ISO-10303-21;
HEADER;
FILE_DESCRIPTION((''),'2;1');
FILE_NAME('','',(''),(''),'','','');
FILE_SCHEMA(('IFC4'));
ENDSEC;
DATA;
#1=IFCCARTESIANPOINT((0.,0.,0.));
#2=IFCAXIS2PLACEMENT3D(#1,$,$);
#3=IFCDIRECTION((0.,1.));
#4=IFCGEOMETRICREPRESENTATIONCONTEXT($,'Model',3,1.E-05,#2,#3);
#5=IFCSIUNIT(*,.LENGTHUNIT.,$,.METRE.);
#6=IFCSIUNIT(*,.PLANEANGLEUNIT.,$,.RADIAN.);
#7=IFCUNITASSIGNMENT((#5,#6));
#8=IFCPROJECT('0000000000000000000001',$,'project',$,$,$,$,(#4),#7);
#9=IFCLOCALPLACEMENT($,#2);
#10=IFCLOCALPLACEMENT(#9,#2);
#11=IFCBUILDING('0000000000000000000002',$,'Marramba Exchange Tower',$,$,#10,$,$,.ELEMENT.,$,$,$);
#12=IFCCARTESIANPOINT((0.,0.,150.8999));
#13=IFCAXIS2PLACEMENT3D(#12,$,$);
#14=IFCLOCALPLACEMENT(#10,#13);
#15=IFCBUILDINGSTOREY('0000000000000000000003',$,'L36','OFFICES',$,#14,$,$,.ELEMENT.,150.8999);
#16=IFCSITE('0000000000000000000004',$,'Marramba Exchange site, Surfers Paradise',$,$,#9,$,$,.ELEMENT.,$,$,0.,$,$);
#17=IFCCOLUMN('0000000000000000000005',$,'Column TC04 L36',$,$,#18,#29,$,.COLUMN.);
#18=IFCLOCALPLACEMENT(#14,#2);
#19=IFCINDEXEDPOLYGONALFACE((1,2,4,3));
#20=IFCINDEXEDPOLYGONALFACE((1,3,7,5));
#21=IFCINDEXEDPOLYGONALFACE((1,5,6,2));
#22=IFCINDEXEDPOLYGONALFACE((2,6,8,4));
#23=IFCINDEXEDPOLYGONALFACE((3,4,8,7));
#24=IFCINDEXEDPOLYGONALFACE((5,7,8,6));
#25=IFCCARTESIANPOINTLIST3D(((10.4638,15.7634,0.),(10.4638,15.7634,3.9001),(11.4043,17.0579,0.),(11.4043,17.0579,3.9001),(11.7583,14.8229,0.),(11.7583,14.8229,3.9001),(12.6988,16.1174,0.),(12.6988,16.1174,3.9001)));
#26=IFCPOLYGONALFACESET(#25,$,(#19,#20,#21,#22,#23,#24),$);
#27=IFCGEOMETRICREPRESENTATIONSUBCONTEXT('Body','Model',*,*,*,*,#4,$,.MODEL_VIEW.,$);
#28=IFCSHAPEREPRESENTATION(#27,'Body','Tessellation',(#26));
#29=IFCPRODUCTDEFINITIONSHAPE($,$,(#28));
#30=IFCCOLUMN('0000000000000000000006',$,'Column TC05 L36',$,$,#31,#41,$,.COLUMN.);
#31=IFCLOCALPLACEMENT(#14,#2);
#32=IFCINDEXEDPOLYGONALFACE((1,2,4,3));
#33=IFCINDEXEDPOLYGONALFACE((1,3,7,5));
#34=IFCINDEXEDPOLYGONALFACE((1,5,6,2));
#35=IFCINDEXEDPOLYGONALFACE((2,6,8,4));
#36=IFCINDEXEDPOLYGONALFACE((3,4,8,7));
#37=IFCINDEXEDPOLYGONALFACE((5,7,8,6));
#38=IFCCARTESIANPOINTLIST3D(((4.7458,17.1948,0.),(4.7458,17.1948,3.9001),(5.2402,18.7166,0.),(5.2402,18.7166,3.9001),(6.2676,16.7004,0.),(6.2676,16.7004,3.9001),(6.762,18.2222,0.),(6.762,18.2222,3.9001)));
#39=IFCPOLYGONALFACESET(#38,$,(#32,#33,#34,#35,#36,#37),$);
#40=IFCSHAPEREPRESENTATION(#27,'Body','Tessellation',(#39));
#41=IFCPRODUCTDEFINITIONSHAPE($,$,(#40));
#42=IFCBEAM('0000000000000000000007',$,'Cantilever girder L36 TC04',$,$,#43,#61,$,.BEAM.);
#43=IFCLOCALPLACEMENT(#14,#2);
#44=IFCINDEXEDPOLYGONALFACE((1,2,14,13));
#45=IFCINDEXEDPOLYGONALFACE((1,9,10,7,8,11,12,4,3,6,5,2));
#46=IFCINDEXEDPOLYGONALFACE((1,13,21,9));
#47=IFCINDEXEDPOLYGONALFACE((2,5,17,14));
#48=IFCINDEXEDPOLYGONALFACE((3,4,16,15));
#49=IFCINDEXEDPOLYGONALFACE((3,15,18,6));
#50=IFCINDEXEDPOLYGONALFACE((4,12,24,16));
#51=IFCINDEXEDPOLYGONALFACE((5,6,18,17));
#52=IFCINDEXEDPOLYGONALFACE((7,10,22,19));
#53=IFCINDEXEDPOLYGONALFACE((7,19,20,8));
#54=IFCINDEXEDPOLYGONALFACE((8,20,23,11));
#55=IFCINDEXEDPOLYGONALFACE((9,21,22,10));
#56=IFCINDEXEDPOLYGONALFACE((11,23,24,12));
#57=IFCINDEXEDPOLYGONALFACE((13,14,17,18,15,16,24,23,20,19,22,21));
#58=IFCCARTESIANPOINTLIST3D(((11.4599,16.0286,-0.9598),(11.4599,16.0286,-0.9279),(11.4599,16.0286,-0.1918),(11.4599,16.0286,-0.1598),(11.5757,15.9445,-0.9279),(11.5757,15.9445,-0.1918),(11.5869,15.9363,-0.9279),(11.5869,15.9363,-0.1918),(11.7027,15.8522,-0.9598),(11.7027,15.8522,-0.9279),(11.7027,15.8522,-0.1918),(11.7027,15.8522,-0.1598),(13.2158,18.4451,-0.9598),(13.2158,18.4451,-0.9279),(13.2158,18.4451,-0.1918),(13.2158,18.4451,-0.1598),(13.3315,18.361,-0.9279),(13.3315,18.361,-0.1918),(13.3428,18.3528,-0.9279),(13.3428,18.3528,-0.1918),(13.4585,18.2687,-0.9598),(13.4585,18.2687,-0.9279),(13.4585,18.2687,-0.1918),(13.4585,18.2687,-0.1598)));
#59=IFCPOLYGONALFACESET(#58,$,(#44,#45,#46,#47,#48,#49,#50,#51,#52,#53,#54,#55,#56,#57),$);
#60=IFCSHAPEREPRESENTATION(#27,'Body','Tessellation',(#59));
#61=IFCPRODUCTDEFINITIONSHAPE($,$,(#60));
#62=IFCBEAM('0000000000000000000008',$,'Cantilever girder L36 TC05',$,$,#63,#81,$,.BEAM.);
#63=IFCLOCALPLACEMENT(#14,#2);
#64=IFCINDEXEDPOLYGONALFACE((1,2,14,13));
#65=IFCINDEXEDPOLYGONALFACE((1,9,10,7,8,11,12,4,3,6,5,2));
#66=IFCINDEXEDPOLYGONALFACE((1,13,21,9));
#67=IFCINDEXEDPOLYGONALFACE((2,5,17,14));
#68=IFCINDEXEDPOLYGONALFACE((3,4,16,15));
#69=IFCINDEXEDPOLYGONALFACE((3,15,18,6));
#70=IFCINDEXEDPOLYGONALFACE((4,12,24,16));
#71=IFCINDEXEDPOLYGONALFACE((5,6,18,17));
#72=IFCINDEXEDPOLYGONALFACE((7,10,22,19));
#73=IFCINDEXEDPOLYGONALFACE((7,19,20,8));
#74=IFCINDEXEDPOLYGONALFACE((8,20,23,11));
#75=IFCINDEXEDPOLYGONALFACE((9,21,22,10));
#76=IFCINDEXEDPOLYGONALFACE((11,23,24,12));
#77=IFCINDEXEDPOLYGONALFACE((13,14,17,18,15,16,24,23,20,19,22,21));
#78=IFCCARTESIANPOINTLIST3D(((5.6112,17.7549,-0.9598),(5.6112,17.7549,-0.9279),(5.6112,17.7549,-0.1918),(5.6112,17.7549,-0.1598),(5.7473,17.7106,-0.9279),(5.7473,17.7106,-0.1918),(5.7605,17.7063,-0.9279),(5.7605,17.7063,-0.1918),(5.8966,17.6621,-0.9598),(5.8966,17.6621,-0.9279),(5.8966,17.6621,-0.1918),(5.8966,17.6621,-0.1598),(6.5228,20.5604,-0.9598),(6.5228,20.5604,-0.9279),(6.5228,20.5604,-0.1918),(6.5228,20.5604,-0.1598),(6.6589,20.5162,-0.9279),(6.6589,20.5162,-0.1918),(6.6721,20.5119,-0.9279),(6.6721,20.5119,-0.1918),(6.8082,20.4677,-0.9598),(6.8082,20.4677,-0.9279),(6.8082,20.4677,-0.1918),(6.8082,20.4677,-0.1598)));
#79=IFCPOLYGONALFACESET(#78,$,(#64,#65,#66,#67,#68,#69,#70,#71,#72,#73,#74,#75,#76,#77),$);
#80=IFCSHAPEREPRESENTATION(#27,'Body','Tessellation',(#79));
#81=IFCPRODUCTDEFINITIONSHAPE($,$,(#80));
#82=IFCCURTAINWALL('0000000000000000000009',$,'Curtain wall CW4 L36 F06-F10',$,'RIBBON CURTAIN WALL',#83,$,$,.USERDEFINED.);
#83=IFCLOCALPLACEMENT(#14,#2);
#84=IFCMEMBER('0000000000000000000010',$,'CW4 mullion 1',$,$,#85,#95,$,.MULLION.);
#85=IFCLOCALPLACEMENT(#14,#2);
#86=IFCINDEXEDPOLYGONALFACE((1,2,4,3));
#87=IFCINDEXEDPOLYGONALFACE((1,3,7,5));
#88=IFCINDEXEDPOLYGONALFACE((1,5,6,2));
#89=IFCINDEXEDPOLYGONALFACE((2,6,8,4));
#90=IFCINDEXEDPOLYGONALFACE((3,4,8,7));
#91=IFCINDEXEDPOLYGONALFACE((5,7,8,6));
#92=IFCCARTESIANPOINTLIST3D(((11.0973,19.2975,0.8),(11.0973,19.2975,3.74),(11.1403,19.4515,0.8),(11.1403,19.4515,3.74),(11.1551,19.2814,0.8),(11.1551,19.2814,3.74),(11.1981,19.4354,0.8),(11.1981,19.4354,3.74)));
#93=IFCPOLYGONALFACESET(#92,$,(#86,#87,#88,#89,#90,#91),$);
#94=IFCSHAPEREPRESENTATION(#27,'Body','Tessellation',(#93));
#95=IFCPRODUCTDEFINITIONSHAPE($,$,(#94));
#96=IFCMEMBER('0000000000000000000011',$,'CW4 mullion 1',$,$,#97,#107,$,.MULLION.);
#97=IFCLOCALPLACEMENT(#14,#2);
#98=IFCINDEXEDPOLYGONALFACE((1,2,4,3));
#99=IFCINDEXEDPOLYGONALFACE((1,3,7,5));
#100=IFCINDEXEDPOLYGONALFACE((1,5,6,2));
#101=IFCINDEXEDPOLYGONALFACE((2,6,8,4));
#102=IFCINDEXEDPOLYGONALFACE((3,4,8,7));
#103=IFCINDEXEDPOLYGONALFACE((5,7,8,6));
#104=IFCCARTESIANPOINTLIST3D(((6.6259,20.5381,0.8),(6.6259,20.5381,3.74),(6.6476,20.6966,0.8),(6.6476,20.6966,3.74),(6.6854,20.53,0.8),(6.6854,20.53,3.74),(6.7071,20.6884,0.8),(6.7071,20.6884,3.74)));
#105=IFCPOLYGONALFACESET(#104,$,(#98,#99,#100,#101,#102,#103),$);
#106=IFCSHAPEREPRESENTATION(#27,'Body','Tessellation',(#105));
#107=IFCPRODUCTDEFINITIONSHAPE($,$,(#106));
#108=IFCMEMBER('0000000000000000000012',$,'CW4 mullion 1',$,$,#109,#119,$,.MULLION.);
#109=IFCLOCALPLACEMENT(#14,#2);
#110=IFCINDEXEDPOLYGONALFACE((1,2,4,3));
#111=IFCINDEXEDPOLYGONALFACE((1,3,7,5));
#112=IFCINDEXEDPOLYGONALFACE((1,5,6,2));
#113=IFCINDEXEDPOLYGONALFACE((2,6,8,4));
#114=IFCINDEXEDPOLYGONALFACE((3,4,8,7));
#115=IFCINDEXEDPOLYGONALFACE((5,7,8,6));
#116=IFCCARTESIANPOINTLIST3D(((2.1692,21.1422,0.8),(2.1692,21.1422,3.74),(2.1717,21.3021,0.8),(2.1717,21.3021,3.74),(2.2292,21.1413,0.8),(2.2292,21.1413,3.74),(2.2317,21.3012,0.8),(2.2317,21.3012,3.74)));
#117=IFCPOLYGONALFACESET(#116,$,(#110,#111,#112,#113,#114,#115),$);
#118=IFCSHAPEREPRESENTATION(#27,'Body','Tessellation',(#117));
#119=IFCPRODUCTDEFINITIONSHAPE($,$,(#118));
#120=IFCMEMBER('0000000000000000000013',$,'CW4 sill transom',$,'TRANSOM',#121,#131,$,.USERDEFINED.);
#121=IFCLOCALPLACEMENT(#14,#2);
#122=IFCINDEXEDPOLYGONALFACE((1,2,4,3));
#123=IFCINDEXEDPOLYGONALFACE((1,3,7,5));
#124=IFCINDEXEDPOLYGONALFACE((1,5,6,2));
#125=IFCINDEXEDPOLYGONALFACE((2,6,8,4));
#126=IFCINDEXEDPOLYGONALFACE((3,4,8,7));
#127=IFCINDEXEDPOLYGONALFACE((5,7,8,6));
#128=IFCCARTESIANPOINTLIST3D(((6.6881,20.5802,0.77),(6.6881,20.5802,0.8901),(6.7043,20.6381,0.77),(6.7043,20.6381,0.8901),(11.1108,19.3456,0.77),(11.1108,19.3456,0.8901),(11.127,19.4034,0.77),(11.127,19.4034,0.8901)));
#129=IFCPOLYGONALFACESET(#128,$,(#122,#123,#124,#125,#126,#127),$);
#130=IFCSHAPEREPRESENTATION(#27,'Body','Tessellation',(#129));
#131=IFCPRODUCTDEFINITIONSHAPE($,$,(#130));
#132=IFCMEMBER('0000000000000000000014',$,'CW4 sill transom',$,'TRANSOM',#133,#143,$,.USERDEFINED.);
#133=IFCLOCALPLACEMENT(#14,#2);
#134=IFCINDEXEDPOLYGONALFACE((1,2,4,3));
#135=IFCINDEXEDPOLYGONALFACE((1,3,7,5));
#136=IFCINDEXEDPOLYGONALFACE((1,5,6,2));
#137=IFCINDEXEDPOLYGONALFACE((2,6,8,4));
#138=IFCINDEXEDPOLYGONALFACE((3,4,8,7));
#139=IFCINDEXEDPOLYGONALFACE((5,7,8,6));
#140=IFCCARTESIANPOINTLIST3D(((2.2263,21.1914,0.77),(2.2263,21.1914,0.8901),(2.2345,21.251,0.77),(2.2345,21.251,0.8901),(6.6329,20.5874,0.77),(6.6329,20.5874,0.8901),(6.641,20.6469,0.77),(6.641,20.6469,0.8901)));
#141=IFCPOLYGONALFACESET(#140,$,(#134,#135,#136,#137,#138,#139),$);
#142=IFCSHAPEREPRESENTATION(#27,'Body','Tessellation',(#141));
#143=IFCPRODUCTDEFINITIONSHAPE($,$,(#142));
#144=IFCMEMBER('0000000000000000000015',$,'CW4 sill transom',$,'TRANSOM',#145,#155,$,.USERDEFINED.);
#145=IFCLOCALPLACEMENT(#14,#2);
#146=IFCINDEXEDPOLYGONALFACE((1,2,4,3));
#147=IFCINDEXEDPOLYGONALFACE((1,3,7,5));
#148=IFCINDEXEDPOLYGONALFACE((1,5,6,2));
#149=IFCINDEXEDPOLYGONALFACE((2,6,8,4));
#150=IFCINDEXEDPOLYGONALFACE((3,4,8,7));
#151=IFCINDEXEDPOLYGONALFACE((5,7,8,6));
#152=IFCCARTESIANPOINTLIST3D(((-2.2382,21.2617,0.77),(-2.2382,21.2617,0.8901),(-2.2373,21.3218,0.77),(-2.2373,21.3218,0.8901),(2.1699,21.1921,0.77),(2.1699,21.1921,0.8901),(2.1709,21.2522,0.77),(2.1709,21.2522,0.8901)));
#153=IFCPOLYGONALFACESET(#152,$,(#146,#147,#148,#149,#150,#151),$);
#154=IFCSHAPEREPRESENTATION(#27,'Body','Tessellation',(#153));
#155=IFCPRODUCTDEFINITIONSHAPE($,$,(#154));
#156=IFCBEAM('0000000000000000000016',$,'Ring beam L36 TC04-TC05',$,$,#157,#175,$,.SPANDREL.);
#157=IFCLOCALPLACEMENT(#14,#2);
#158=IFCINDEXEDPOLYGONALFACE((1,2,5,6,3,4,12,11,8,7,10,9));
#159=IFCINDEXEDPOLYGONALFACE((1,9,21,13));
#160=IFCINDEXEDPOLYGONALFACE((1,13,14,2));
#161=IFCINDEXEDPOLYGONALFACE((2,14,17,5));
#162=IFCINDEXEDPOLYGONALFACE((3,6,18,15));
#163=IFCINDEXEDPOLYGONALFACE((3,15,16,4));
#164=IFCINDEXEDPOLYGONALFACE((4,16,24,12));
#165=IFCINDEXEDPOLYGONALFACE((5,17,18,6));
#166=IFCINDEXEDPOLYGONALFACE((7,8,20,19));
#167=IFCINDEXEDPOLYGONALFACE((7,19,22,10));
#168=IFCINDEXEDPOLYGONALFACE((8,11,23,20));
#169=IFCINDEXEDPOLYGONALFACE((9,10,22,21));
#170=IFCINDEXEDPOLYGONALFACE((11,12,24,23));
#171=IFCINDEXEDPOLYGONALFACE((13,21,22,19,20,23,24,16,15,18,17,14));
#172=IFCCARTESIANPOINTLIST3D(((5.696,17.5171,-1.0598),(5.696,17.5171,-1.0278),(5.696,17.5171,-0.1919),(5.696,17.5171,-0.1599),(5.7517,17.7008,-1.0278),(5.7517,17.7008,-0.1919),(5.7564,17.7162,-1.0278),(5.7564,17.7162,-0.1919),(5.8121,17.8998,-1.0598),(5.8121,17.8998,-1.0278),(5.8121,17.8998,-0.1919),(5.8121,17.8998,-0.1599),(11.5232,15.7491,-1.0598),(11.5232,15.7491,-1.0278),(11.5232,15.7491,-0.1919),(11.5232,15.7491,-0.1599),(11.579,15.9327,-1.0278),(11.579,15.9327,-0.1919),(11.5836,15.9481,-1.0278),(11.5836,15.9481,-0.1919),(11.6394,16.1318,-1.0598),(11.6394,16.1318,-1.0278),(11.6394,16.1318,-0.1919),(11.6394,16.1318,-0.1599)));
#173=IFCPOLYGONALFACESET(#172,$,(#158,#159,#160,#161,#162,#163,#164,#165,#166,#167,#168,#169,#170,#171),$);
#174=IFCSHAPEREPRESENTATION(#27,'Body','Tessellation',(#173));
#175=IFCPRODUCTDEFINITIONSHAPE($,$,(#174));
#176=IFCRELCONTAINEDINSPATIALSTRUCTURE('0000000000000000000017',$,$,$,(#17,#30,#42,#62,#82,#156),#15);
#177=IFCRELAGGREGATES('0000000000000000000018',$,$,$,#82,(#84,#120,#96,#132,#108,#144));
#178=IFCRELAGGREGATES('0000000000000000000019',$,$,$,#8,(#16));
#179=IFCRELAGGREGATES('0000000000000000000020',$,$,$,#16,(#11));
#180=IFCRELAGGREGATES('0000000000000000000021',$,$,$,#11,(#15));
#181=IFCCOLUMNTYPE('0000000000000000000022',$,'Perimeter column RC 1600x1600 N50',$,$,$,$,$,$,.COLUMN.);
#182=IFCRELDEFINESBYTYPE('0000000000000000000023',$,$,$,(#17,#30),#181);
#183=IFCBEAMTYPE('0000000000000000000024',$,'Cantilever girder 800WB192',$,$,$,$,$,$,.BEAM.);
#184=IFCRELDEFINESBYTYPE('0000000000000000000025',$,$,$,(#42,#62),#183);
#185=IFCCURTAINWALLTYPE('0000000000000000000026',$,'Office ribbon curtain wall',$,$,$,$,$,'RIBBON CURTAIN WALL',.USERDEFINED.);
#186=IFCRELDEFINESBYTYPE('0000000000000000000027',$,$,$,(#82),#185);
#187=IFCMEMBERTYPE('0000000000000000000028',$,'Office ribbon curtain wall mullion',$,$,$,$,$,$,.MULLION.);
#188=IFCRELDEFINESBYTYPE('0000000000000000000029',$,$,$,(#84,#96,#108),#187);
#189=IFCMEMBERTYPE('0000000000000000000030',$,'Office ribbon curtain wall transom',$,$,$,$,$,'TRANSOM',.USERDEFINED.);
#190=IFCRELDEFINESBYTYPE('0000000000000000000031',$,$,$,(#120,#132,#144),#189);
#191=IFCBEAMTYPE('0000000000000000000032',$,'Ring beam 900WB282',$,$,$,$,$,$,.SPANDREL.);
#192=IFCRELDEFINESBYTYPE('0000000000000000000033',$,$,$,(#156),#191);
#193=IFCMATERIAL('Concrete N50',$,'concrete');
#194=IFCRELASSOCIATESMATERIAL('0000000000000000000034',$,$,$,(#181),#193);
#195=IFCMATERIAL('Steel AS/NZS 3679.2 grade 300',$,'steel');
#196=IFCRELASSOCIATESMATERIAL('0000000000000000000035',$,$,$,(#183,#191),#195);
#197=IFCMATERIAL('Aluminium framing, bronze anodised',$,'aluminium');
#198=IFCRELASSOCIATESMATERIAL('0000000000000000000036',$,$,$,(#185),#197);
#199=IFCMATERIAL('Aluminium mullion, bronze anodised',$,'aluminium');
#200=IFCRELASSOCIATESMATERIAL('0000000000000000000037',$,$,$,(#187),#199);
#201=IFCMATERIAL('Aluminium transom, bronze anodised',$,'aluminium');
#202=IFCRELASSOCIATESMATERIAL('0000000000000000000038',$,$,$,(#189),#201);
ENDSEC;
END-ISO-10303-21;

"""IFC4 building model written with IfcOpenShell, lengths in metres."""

from ifc_helpers import new_model, si_unit, direction, frame, origin, origin_2d, place, context, subcontext, project, spatial, rectangle, i_section, extrude, material, material_profile, profile_set, type_object, element, aggregate, save


model = new_model("IFC4")

# Units and contexts
model_context = context("Model", 3, precision=1e-05, world=origin(), true_north=direction((0.0, 1.0)))
body_context = subcontext(model_context, "Body", "Model", "MODEL_VIEW")
ifc_project = project(units=[si_unit("LENGTHUNIT", "METRE"), si_unit("PLANEANGLEUNIT", "RADIAN")], contexts=[model_context])

# Site, building, storey
site_placement = place(None, origin())
site = spatial("IfcSite", under=ifc_project, at=site_placement, Name="Marramba Exchange site, Surfers Paradise", CompositionType="ELEMENT", RefElevation=0.0)
building_placement = place(site_placement, origin())
building = spatial("IfcBuilding", under=site, at=building_placement, Name="Marramba Exchange Tower", CompositionType="ELEMENT")
storey_placement = place(building_placement, frame((0.0, 0.0, 150.8999)))
storey = spatial("IfcBuildingStorey", under=building, at=storey_placement, Name="L36", Description="OFFICES", CompositionType="ELEMENT", Elevation=150.8999)

# Columns
ifc_material_1 = material(Name="Concrete N50", Category="concrete")
ifc_material_profile_1 = material_profile(ifc_material_1, rectangle(XDim=1.6001, YDim=1.6001, at=origin_2d()), Name="RC 1600x1600")
ifc_profile_set_1 = profile_set([ifc_material_profile_1], Name="Concrete N50")
column_type = type_object("IfcColumnType", Name="Perimeter column RC 1600x1600 N50", PredefinedType="COLUMN", material=ifc_profile_set_1)
for number, where, z_axis, x_axis, name in (
    (1, (11.5813, 15.9404, 0.0), (0.0, 0.0, 1.0), (0.587785, 0.809017, 0.0), "Column TC04 L36"),
    (2, (5.7539, 17.7085, 0.0), (0.0, 0.0, 1.0), (0.309017, 0.951057, 0.0), "Column TC05 L36"),
):
    element("IfcColumn", number, at=place(storey_placement, frame(where, z_axis=z_axis, x_axis=x_axis)), inside=storey, type_object=column_type, Name=name, PredefinedType="COLUMN", context=body_context, shape_type="SweptSolid", body=[
        extrude(rectangle(XDim=1.6001, YDim=1.6001, at=origin_2d()), origin(), (0.0, 0.0, 1.0), 3.9001),
    ])

# Beams
ifc_material_2 = material(Name="Steel AS/NZS 3679.2 grade 300", Category="steel")
ifc_material_profile_2 = material_profile(ifc_material_2, i_section(OverallWidth=0.3, OverallDepth=0.8, WebThickness=0.0139, FlangeThickness=0.032, at=origin_2d()), Name="800WB192")
ifc_profile_set_2 = profile_set([ifc_material_profile_2], Name="Steel AS/NZS 3679.2 grade 300")
beam_type_1 = type_object("IfcBeamType", Name="Cantilever girder 800WB192", PredefinedType="BEAM", material=ifc_profile_set_2)
beam_1_placement = place(storey_placement, frame((11.5813, 15.9404, -0.5598), z_axis=(0.587822, 0.80899, 0.0), x_axis=(-0.80899, 0.587822, 0.0)))
element("IfcBeam", 3, at=beam_1_placement, inside=storey, type_object=beam_type_1, Name="Cantilever girder L36 TC04", PredefinedType="BEAM", context=body_context, shape_type="SweptSolid", body=[
    extrude(i_section(OverallWidth=0.3, OverallDepth=0.8, WebThickness=0.0139, FlangeThickness=0.032, at=origin_2d()), origin(), (0.0, 0.0, 1.0), 2.9871),
])
beam_2_placement = place(storey_placement, frame((5.7539, 17.7085, -0.5598), z_axis=(0.309019, 0.951056, 0.0), x_axis=(-0.951056, 0.309019, 0.0)))
element("IfcBeam", 4, at=beam_2_placement, inside=storey, type_object=beam_type_1, Name="Cantilever girder L36 TC05", PredefinedType="BEAM", context=body_context, shape_type="SweptSolid", body=[
    extrude(i_section(OverallWidth=0.3, OverallDepth=0.8, WebThickness=0.0139, FlangeThickness=0.032, at=origin_2d()), origin(), (0.0, 0.0, 1.0), 2.95),
])

# Curtain wall, members
ifc_material_3 = material(Name="Aluminium framing, bronze anodised", Category="aluminium")
curtain_wall_type = type_object("IfcCurtainWallType", Name="Office ribbon curtain wall", ElementType="RIBBON CURTAIN WALL", PredefinedType="USERDEFINED", material=ifc_material_3)
curtain_wall_1_placement = place(storey_placement, origin())
curtain_wall_1 = element("IfcCurtainWall", 5, at=curtain_wall_1_placement, inside=storey, type_object=curtain_wall_type, Name="Curtain wall CW4 L36 F06-F10", ObjectType="RIBBON CURTAIN WALL", PredefinedType="USERDEFINED")
ifc_material_4 = material(Name="Aluminium mullion, bronze anodised", Category="aluminium")
ifc_material_profile_3 = material_profile(ifc_material_4, rectangle(XDim=0.1599, YDim=0.0601, at=origin_2d()), Name="CW4 mullion 60x160")
ifc_profile_set_3 = profile_set([ifc_material_profile_3], Name="Aluminium mullion, bronze anodised")
member_type_1 = type_object("IfcMemberType", Name="Office ribbon curtain wall mullion", PredefinedType="MULLION", material=ifc_profile_set_3)
member_1_placement = place(storey_placement, frame((11.1477, 19.3665, 0.8), z_axis=(0.0, 0.0, 1.0), x_axis=(-0.268865, -0.963178, 0.0)))
member_1 = element("IfcMember", 6, at=member_1_placement, type_object=member_type_1, Name="CW4 mullion 1", PredefinedType="MULLION", context=body_context, shape_type="SweptSolid", body=[
    extrude(rectangle(XDim=0.1599, YDim=0.0601, at=origin_2d()), origin(), (0.0, 0.0, 1.0), 2.9399),
])
member_2_placement = place(storey_placement, frame((6.6665, 20.6133, 0.8), z_axis=(0.0, 0.0, 1.0), x_axis=(-0.135786, -0.990738, 0.0)))
member_2 = element("IfcMember", 7, at=member_2_placement, type_object=member_type_1, Name="CW4 mullion 1", PredefinedType="MULLION", context=body_context, shape_type="SweptSolid", body=[
    extrude(rectangle(XDim=0.1599, YDim=0.0601, at=origin_2d()), origin(), (0.0, 0.0, 1.0), 2.9399),
])
member_3_placement = place(storey_placement, frame((2.2004, 21.2217, 0.8), z_axis=(0.0, 0.0, 1.0), x_axis=(-0.015756, -0.999876, 0.0)))
member_3 = element("IfcMember", 8, at=member_3_placement, type_object=member_type_1, Name="CW4 mullion 1", PredefinedType="MULLION", context=body_context, shape_type="SweptSolid", body=[
    extrude(rectangle(XDim=0.1599, YDim=0.0601, at=origin_2d()), origin(), (0.0, 0.0, 1.0), 2.9399),
])
ifc_material_5 = material(Name="Aluminium transom, bronze anodised", Category="aluminium")
ifc_material_profile_4 = material_profile(ifc_material_5, rectangle(XDim=0.0601, YDim=0.1201, at=origin_2d()), Name="CW4 transom 60x120")
ifc_profile_set_4 = profile_set([ifc_material_profile_4], Name="Aluminium transom, bronze anodised")
member_type_2 = type_object("IfcMemberType", Name="Office ribbon curtain wall transom", ElementType="TRANSOM", PredefinedType="USERDEFINED", material=ifc_profile_set_4)
member_4_placement = place(storey_placement, frame((11.1189, 19.3745, 0.8301), z_axis=(-0.963174, 0.26888, 0.0), x_axis=(-0.26888, -0.963174, 0.0)))
member_4 = element("IfcMember", 9, at=member_4_placement, type_object=member_type_2, Name="CW4 sill transom", ObjectType="TRANSOM", PredefinedType="USERDEFINED", context=body_context, shape_type="SweptSolid", body=[
    extrude(rectangle(XDim=0.0601, YDim=0.1201, at=origin_2d()), origin(), (0.0, 0.0, 1.0), 4.5918),
])
member_5_placement = place(storey_placement, frame((6.637, 20.6172, 0.8301), z_axis=(-0.990736, 0.135801, 0.0), x_axis=(-0.135801, -0.990736, 0.0)))
member_5 = element("IfcMember", 10, at=member_5_placement, type_object=member_type_2, Name="CW4 sill transom", ObjectType="TRANSOM", PredefinedType="USERDEFINED", context=body_context, shape_type="SweptSolid", body=[
    extrude(rectangle(XDim=0.0601, YDim=0.1201, at=origin_2d()), origin(), (0.0, 0.0, 1.0), 4.4478),
])
member_6_placement = place(storey_placement, frame((2.1704, 21.2222, 0.8301), z_axis=(-0.999875, 0.015782, 0.0), x_axis=(-0.015782, -0.999875, 0.0)))
member_6 = element("IfcMember", 11, at=member_6_placement, type_object=member_type_2, Name="CW4 sill transom", ObjectType="TRANSOM", PredefinedType="USERDEFINED", context=body_context, shape_type="SweptSolid", body=[
    extrude(rectangle(XDim=0.0601, YDim=0.1201, at=origin_2d()), origin(), (0.0, 0.0, 1.0), 4.4087),
])

# Beam
ifc_material_profile_5 = material_profile(ifc_material_2, i_section(OverallWidth=0.3999, OverallDepth=0.8999, WebThickness=0.0161, FlangeThickness=0.032, at=origin_2d()), Name="900WB282")
ifc_profile_set_5 = profile_set([ifc_material_profile_5], Name="Steel AS/NZS 3679.2 grade 300")
beam_type_2 = type_object("IfcBeamType", Name="Ring beam 900WB282", PredefinedType="SPANDREL", material=ifc_profile_set_5)
beam_3_placement = place(storey_placement, frame((11.5813, 15.9404, -0.6099), z_axis=(-0.956925, 0.290337, 0.0), x_axis=(-0.290337, -0.956925, 0.0)))
element("IfcBeam", 12, at=beam_3_placement, inside=storey, type_object=beam_type_2, Name="Ring beam L36 TC04-TC05", PredefinedType="SPANDREL", context=body_context, shape_type="SweptSolid", body=[
    extrude(i_section(OverallWidth=0.3999, OverallDepth=0.8999, WebThickness=0.0161, FlangeThickness=0.032, at=origin_2d()), origin(), (0.0, 0.0, 1.0), 6.0896),
])

aggregate(curtain_wall_1, [member_1, member_4, member_2, member_5, member_3, member_6])

save(model, "model.ifc")
